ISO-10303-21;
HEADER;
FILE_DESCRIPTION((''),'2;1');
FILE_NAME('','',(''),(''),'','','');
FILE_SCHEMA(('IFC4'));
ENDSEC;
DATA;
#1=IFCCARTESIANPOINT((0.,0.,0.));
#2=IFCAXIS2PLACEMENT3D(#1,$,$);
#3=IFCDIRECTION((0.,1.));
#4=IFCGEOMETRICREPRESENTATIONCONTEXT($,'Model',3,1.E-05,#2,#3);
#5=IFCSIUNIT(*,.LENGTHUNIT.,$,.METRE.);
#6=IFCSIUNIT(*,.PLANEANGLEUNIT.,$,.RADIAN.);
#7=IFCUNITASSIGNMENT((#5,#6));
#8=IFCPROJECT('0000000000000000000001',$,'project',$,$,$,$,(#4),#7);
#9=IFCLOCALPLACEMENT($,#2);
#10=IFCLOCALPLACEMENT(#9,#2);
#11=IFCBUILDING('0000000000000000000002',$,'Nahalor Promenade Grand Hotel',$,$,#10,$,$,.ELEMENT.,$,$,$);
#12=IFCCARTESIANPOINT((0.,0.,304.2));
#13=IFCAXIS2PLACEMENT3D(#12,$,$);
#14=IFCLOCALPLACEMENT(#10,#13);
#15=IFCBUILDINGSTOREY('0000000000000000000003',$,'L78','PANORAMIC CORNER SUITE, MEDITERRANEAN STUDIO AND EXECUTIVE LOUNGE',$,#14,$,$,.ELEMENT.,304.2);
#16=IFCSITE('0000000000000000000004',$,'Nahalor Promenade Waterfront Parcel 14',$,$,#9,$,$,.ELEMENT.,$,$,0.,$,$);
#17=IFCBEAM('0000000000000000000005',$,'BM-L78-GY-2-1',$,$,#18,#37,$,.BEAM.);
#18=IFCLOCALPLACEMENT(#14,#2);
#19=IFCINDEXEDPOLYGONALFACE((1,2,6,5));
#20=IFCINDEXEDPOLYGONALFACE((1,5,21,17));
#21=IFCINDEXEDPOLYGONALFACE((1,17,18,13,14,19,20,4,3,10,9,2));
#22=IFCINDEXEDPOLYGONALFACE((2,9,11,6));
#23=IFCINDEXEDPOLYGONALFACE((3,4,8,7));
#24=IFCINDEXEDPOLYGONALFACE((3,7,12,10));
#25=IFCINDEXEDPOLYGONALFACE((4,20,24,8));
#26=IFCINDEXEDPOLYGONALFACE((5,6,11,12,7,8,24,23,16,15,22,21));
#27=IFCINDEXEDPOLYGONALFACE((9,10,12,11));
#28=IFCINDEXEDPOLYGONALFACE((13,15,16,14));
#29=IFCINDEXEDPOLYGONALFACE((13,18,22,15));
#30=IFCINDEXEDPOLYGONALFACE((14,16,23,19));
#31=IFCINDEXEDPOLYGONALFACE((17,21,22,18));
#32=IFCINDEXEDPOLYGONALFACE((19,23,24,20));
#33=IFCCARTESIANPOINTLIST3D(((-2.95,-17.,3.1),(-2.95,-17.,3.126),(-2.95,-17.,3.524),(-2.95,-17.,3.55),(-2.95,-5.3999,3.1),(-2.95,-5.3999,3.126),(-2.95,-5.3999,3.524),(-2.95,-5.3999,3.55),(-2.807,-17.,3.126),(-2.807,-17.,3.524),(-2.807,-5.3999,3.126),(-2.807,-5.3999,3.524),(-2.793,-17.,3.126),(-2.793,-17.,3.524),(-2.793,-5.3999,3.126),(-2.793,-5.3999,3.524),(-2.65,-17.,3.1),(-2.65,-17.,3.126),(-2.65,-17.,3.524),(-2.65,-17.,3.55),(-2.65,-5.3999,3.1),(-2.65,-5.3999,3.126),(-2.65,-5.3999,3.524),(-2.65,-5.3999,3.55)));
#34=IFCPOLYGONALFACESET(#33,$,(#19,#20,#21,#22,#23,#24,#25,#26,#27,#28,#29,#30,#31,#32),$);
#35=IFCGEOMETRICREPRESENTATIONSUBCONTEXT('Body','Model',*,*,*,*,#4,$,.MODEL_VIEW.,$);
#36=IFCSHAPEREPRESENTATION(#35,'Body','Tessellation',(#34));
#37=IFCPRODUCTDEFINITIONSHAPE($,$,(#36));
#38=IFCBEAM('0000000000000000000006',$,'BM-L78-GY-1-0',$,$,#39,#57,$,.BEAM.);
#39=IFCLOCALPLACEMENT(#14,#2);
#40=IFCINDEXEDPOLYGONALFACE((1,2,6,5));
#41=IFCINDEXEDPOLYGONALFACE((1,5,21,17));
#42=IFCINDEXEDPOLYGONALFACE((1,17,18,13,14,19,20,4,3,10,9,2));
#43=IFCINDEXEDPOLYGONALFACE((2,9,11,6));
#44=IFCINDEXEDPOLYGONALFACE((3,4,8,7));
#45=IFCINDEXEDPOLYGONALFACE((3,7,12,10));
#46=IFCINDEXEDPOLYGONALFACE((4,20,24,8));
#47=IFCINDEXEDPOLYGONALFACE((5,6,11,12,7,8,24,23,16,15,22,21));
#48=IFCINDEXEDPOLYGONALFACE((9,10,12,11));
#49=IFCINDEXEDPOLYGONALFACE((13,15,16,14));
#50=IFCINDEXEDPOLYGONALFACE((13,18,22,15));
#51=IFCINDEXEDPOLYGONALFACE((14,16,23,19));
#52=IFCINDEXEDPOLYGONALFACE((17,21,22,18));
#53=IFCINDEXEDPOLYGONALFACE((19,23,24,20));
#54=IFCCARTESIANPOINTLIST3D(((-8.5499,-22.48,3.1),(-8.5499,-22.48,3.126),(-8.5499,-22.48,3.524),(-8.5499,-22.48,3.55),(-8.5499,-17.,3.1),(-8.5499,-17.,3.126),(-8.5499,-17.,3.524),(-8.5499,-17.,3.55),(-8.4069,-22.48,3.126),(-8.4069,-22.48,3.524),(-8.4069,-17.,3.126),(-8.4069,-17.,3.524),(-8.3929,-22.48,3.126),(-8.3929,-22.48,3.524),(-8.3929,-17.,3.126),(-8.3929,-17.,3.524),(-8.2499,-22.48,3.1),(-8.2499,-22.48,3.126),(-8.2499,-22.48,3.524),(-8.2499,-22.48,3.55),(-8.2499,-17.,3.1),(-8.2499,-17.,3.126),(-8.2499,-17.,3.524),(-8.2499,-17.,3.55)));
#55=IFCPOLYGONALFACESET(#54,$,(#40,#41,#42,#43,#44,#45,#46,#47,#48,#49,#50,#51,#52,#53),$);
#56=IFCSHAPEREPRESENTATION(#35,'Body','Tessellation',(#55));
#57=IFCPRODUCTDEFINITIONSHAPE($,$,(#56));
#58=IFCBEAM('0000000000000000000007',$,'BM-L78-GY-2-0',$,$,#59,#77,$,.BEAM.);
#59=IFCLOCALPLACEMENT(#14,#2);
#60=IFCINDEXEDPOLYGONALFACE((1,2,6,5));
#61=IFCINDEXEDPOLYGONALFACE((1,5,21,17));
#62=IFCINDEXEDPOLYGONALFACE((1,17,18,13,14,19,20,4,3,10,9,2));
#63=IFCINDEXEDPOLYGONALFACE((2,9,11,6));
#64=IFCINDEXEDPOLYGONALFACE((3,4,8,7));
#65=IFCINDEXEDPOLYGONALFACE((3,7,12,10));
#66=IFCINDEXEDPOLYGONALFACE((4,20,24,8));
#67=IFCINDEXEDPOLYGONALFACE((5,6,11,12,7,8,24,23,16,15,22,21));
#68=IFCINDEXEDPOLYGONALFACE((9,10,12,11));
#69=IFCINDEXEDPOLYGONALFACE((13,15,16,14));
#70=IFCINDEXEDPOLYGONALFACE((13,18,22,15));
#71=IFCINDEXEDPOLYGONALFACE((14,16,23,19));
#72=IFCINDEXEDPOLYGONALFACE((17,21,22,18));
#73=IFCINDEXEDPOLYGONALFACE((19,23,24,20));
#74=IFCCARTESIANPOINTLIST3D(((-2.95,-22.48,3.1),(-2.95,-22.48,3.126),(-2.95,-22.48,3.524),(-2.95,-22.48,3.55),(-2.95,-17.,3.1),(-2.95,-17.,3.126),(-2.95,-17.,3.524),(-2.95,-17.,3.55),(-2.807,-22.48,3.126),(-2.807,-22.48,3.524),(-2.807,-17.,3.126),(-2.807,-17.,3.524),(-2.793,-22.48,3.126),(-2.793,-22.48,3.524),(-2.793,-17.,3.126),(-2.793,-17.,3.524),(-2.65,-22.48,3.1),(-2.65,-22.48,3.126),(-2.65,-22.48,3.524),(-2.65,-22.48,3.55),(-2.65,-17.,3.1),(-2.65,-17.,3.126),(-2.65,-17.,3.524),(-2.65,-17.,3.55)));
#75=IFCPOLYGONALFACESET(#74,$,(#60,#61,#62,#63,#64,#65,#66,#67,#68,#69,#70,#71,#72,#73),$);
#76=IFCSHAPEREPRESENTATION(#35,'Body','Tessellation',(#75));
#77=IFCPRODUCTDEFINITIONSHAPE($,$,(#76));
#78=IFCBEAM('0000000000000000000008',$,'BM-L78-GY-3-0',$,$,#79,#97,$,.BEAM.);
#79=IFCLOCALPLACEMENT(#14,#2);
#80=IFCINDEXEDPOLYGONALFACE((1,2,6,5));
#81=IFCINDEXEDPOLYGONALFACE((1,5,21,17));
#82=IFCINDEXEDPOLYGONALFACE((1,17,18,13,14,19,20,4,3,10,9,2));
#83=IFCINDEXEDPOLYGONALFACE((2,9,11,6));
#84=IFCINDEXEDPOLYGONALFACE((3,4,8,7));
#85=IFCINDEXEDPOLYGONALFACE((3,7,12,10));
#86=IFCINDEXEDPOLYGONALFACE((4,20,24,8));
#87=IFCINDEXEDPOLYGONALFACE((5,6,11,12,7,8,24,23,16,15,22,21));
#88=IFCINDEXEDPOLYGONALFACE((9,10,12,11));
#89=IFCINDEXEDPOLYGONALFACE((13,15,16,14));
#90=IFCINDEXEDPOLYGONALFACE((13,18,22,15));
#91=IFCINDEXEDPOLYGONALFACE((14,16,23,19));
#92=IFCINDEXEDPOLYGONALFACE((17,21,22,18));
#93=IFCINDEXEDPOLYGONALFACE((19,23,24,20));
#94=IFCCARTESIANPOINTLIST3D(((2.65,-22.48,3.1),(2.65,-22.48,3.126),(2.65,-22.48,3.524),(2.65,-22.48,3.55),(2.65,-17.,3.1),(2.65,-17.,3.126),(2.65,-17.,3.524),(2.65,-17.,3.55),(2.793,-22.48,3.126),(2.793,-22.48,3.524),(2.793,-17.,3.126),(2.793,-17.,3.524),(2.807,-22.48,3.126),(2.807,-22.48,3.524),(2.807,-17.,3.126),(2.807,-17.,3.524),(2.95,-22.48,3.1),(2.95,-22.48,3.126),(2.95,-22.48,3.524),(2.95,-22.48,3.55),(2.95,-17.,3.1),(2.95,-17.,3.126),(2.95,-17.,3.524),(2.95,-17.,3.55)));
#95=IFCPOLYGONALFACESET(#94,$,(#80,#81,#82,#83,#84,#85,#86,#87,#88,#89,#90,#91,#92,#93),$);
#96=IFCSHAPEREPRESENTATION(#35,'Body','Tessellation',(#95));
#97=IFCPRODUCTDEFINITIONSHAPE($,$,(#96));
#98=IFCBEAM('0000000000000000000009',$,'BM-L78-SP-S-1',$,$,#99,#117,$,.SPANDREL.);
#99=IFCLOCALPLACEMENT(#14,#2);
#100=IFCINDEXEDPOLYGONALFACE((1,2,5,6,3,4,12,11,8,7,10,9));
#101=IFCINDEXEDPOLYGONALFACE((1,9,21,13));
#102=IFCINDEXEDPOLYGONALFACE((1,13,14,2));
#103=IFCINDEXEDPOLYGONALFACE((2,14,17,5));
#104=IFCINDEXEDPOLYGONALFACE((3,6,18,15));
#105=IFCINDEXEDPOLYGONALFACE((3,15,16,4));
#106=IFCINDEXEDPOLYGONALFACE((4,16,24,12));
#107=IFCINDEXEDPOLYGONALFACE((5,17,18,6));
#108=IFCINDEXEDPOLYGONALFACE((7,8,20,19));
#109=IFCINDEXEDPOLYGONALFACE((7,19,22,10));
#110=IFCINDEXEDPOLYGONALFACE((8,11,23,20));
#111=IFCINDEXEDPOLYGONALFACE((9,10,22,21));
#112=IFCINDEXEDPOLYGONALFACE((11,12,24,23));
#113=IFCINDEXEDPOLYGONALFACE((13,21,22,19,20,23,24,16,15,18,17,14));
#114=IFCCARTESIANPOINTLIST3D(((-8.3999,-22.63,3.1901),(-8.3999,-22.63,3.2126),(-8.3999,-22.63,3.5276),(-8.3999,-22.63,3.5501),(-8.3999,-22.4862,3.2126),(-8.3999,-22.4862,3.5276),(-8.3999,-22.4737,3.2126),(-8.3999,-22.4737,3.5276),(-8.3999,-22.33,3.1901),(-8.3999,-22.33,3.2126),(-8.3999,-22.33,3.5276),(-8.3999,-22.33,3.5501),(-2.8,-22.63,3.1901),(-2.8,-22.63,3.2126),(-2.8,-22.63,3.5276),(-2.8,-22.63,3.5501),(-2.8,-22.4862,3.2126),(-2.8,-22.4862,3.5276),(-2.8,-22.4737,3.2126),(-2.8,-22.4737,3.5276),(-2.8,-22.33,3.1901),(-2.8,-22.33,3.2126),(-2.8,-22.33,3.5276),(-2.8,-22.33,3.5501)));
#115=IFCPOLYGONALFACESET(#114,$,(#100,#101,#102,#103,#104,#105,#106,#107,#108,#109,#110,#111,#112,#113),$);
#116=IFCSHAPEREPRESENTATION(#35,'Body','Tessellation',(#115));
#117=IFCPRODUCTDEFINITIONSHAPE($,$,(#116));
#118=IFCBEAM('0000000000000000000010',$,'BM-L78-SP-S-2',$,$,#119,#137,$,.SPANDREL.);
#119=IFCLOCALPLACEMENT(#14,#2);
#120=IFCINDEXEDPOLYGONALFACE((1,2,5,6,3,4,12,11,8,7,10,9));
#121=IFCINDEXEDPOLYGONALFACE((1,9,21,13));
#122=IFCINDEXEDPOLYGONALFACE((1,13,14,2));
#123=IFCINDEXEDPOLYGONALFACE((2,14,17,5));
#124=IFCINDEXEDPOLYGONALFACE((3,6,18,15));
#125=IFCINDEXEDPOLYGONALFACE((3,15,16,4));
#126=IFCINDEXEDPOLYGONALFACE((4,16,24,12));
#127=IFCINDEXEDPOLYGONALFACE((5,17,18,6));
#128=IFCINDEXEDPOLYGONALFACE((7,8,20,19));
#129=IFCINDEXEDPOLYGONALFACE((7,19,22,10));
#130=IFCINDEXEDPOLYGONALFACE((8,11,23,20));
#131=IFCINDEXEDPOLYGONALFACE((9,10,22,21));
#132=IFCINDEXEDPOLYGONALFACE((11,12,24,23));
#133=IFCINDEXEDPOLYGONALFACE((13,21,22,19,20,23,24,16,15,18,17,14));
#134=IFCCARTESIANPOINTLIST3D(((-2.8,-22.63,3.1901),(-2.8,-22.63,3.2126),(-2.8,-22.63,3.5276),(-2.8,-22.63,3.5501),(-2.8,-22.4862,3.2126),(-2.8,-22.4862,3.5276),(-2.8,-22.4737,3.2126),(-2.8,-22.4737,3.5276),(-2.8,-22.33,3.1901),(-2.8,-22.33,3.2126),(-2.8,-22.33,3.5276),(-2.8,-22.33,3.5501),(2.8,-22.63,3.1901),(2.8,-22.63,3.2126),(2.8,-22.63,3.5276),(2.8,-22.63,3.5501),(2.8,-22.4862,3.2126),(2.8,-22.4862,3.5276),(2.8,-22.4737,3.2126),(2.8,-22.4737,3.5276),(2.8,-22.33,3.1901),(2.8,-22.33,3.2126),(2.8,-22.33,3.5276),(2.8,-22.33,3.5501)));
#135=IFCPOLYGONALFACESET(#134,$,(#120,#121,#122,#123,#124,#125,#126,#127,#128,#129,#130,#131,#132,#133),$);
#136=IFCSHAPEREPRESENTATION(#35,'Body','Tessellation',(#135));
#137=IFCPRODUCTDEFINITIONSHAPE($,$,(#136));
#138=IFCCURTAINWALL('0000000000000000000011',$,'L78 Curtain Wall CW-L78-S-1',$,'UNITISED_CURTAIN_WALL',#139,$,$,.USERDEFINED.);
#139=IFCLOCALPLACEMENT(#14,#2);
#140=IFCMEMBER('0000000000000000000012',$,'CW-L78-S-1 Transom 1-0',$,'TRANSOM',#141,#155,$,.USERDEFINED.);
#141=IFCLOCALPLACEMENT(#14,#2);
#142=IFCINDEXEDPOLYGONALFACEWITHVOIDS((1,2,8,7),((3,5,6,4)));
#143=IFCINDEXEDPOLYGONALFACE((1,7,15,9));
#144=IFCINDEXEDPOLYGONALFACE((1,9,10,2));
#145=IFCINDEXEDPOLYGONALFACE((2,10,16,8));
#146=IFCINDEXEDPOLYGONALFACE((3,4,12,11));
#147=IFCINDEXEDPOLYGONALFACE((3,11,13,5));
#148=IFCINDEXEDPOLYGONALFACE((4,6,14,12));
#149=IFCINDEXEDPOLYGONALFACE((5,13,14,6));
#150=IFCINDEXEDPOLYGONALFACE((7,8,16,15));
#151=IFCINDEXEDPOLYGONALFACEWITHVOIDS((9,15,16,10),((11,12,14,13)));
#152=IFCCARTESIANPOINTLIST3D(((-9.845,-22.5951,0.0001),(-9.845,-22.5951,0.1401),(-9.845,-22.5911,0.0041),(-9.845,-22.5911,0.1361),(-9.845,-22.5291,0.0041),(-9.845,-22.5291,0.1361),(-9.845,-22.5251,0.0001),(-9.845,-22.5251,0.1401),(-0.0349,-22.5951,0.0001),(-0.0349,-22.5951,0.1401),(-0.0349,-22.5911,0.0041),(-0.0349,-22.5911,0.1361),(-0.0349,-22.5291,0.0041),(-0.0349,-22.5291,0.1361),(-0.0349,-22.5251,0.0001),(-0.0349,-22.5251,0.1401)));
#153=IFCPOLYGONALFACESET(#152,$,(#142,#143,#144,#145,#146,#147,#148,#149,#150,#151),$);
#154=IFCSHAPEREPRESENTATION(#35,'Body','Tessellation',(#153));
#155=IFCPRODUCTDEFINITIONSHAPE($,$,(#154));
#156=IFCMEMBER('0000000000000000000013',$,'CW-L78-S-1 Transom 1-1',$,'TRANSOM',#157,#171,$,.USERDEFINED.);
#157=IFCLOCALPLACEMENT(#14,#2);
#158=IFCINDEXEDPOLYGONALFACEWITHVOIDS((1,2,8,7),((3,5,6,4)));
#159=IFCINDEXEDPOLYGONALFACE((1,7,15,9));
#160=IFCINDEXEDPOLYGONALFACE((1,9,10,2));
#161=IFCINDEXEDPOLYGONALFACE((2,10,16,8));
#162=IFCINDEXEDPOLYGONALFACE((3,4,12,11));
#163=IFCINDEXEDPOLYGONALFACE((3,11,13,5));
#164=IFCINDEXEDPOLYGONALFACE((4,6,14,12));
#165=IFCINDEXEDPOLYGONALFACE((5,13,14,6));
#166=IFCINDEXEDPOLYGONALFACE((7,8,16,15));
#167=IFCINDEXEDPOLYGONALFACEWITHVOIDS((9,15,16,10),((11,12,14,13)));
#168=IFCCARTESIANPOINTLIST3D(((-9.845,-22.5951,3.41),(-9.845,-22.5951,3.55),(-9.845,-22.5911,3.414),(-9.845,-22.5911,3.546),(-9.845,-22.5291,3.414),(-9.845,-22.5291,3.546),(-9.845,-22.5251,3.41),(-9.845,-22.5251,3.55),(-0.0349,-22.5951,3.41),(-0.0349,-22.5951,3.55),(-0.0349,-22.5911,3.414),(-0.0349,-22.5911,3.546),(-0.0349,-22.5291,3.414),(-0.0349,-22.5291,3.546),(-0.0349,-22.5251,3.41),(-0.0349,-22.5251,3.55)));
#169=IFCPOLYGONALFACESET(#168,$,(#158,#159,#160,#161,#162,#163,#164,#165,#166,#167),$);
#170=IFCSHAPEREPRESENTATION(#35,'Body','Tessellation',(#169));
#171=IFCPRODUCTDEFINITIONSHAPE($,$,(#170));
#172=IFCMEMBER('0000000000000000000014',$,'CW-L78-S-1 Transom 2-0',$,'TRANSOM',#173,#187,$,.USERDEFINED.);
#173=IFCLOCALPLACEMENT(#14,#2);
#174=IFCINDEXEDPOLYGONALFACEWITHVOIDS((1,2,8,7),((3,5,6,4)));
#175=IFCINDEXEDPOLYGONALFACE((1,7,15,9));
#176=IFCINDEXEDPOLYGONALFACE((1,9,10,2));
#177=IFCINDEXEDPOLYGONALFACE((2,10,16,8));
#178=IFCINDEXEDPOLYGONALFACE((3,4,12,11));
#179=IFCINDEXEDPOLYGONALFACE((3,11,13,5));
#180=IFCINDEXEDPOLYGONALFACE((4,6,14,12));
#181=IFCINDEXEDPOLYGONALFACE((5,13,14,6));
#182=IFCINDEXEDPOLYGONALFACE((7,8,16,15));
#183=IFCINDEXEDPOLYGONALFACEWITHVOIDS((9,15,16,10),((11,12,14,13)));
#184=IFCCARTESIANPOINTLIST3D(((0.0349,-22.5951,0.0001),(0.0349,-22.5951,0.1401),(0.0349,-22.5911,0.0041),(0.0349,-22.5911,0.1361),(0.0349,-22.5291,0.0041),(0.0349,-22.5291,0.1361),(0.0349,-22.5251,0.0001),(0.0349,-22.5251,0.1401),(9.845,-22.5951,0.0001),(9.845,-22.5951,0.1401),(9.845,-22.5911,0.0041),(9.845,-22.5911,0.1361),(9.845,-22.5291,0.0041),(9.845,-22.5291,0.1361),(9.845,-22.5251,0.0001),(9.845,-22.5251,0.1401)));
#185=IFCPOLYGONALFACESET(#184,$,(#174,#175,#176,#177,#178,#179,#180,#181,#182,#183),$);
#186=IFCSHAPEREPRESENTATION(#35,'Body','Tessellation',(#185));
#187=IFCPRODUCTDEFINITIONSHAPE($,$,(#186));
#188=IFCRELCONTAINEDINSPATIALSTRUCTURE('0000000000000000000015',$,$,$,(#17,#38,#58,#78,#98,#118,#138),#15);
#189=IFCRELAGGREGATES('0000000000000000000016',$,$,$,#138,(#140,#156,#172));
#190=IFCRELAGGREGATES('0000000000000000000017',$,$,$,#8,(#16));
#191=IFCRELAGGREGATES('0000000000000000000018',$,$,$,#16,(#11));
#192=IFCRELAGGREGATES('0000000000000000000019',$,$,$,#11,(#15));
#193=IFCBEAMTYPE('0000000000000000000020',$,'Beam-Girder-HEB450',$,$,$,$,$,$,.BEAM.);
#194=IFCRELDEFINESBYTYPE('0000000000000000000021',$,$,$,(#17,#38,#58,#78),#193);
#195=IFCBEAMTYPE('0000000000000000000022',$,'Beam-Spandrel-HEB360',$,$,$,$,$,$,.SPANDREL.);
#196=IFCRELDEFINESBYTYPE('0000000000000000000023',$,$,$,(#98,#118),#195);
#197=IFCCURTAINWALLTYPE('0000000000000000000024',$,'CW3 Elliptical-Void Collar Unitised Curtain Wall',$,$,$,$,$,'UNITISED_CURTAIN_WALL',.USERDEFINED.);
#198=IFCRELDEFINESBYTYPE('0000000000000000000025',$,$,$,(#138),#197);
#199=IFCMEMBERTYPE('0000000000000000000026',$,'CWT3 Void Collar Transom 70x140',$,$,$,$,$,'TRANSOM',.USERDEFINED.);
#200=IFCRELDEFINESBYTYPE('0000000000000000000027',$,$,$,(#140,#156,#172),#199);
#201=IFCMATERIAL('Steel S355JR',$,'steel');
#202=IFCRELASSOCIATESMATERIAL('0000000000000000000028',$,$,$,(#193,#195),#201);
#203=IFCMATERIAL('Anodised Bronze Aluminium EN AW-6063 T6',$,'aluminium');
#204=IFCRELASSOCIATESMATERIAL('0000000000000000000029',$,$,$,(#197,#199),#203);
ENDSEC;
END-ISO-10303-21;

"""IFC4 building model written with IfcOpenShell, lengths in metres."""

from ifc_helpers import new_model, si_unit, direction, frame, origin, origin_2d, place, context, subcontext, project, spatial, hollow_rectangle, i_section, extrude, source, transform, mapped, material, material_profile, profile_set, type_object, element, aggregate, save


model = new_model("IFC4")

# Units and contexts
model_context = context("Model", 3, precision=1e-05, world=origin(), true_north=direction((0.0, 1.0)))
body_context = subcontext(model_context, "Body", "Model", "MODEL_VIEW")
ifc_project = project(units=[si_unit("LENGTHUNIT", "METRE"), si_unit("PLANEANGLEUNIT", "RADIAN")], contexts=[model_context])

# Site, building, storey
site_placement = place(None, origin())
site = spatial("IfcSite", under=ifc_project, at=site_placement, Name="Nahalor Promenade Waterfront Parcel 14", CompositionType="ELEMENT", RefElevation=0.0)
building_placement = place(site_placement, origin())
building = spatial("IfcBuilding", under=site, at=building_placement, Name="Nahalor Promenade Grand Hotel", CompositionType="ELEMENT")
storey_placement = place(building_placement, frame((0.0, 0.0, 304.2)))
storey = spatial("IfcBuildingStorey", under=building, at=storey_placement, Name="L78", Description="PANORAMIC CORNER SUITE, MEDITERRANEAN STUDIO AND EXECUTIVE LOUNGE", CompositionType="ELEMENT", Elevation=304.2)

# Shared definitions
ifc_material_1 = material(Name="Steel S355JR", Category="steel")

# Beams
ifc_material_profile_1 = material_profile(ifc_material_1, i_section(OverallWidth=0.3, OverallDepth=0.45, WebThickness=0.014, FlangeThickness=0.026, at=origin_2d()), Name="HEB 450")
ifc_profile_set_1 = profile_set([ifc_material_profile_1], Name="Steel S355JR")
beam_type_1 = type_object("IfcBeamType", Name="Beam-Girder-HEB450", PredefinedType="BEAM", material=ifc_profile_set_1)
shared_shape_1 = source(origin(), body_context, "Body", "SweptSolid", [
    extrude(i_section(OverallWidth=0.3, OverallDepth=0.45, WebThickness=0.014, FlangeThickness=0.026, at=origin_2d()), origin(), (0.0, 0.0, 1.0), 11.6001),
])
for number, where, z_axis, x_axis, name in (
    (1, (-2.8, -17.0, 3.325), (0.0, 1.0, 0.0), (-1.0, 0.0, 0.0), "BM-L78-GY-2-1"),
):
    element("IfcBeam", number, at=place(storey_placement, frame(where, z_axis=z_axis, x_axis=x_axis)), inside=storey, type_object=beam_type_1, Name=name, PredefinedType="BEAM", context=body_context, shape_type="MappedRepresentation", body=[
        mapped(shared_shape_1, transform((0.0, 0.0, 0.0), scale=1.0)),
    ])
shared_shape_2 = source(origin(), body_context, "Body", "SweptSolid", [
    extrude(i_section(OverallWidth=0.3, OverallDepth=0.45, WebThickness=0.014, FlangeThickness=0.026, at=origin_2d()), origin(), (0.0, 0.0, 1.0), 5.48),
])
for number, where, z_axis, x_axis, name in (
    (2, (-8.3999, -22.48, 3.325), (0.0, 1.0, 0.0), (-1.0, 0.0, 0.0), "BM-L78-GY-1-0"),
    (3, (-2.8, -22.48, 3.325), (0.0, 1.0, 0.0), (-1.0, 0.0, 0.0), "BM-L78-GY-2-0"),
    (4, (2.8, -22.48, 3.325), (0.0, 1.0, 0.0), (-1.0, 0.0, 0.0), "BM-L78-GY-3-0"),
):
    element("IfcBeam", number, at=place(storey_placement, frame(where, z_axis=z_axis, x_axis=x_axis)), inside=storey, type_object=beam_type_1, Name=name, PredefinedType="BEAM", context=body_context, shape_type="MappedRepresentation", body=[
        mapped(shared_shape_2, transform((0.0, 0.0, 0.0), scale=1.0)),
    ])
ifc_material_profile_2 = material_profile(ifc_material_1, i_section(OverallWidth=0.3, OverallDepth=0.36, WebThickness=0.0125, FlangeThickness=0.0225, at=origin_2d()), Name="HEB 360")
ifc_profile_set_2 = profile_set([ifc_material_profile_2], Name="Steel S355JR")
beam_type_2 = type_object("IfcBeamType", Name="Beam-Spandrel-HEB360", PredefinedType="SPANDREL", material=ifc_profile_set_2)
shared_shape_3 = source(origin(), body_context, "Body", "SweptSolid", [
    extrude(i_section(OverallWidth=0.3, OverallDepth=0.36, WebThickness=0.0125, FlangeThickness=0.0225, at=origin_2d()), origin(), (0.0, 0.0, 1.0), 5.5999),
])
beam_1_placement = place(storey_placement, frame((-8.3999, -22.48, 3.3701), z_axis=(1.0, 0.0, 0.0), x_axis=(0.0, 1.0, 0.0)))
element("IfcBeam", 5, at=beam_1_placement, inside=storey, type_object=beam_type_2, Name="BM-L78-SP-S-1", PredefinedType="SPANDREL", context=body_context, shape_type="MappedRepresentation", body=[
    mapped(shared_shape_3, transform((0.0, 0.0, 0.0), scale=1.0)),
])
shared_shape_4 = source(origin(), body_context, "Body", "SweptSolid", [
    extrude(i_section(OverallWidth=0.3, OverallDepth=0.36, WebThickness=0.0125, FlangeThickness=0.0225, at=origin_2d()), origin(), (0.0, 0.0, 1.0), 5.6001),
])
beam_2_placement = place(storey_placement, frame((-2.8, -22.48, 3.3701), z_axis=(1.0, 0.0, 0.0), x_axis=(0.0, 1.0, 0.0)))
element("IfcBeam", 6, at=beam_2_placement, inside=storey, type_object=beam_type_2, Name="BM-L78-SP-S-2", PredefinedType="SPANDREL", context=body_context, shape_type="MappedRepresentation", body=[
    mapped(shared_shape_4, transform((0.0, 0.0, 0.0), scale=1.0)),
])

# Curtain wall, members
ifc_material_2 = material(Name="Anodised Bronze Aluminium EN AW-6063 T6", Category="aluminium")
curtain_wall_type = type_object("IfcCurtainWallType", Name="CW3 Elliptical-Void Collar Unitised Curtain Wall", ElementType="UNITISED_CURTAIN_WALL", PredefinedType="USERDEFINED", material=ifc_material_2)
curtain_wall_placement = place(storey_placement, origin())
curtain_wall = element("IfcCurtainWall", 7, at=curtain_wall_placement, inside=storey, type_object=curtain_wall_type, Name="L78 Curtain Wall CW-L78-S-1", ObjectType="UNITISED_CURTAIN_WALL", PredefinedType="USERDEFINED")
ifc_material_profile_3 = material_profile(ifc_material_2, hollow_rectangle(XDim=0.07, YDim=0.14, WallThickness=0.004, at=origin_2d()), Name="CWT 70x140x4")
ifc_profile_set_3 = profile_set([ifc_material_profile_3], Name="Anodised Bronze Aluminium EN AW-6063 T6")
member_type_1 = type_object("IfcMemberType", Name="CWT3 Void Collar Transom 70x140", ElementType="TRANSOM", PredefinedType="USERDEFINED", material=ifc_profile_set_3)
shared_shape_5 = source(origin(), body_context, "Body", "SweptSolid", [
    extrude(hollow_rectangle(XDim=0.07, YDim=0.14, WallThickness=0.004, at=origin_2d()), origin(), (0.0, 0.0, 1.0), 9.8101),
])
member_1_placement = place(storey_placement, frame((-9.845, -22.5601, 0.0701), z_axis=(1.0, 0.0, 0.0), x_axis=(0.0, 1.0, 0.0)))
member_1 = element("IfcMember", 8, at=member_1_placement, type_object=member_type_1, Name="CW-L78-S-1 Transom 1-0", ObjectType="TRANSOM", PredefinedType="USERDEFINED", context=body_context, shape_type="MappedRepresentation", body=[
    mapped(shared_shape_5, transform((0.0, 0.0, 0.0), scale=1.0)),
])
member_2_placement = place(storey_placement, frame((-9.845, -22.5601, 3.48), z_axis=(1.0, 0.0, 0.0), x_axis=(0.0, 1.0, 0.0)))
member_2 = element("IfcMember", 9, at=member_2_placement, type_object=member_type_1, Name="CW-L78-S-1 Transom 1-1", ObjectType="TRANSOM", PredefinedType="USERDEFINED", context=body_context, shape_type="MappedRepresentation", body=[
    mapped(shared_shape_5, transform((0.0, 0.0, 0.0), scale=1.0)),
])
member_3_placement = place(storey_placement, frame((0.0349, -22.5601, 0.0701), z_axis=(1.0, 0.0, 0.0), x_axis=(0.0, 1.0, 0.0)))
member_3 = element("IfcMember", 10, at=member_3_placement, type_object=member_type_1, Name="CW-L78-S-1 Transom 2-0", ObjectType="TRANSOM", PredefinedType="USERDEFINED", context=body_context, shape_type="MappedRepresentation", body=[
    mapped(shared_shape_5, transform((0.0, 0.0, 0.0), scale=1.0)),
])
aggregate(curtain_wall, [member_1, member_2, member_3])

save(model, "model.ifc")
